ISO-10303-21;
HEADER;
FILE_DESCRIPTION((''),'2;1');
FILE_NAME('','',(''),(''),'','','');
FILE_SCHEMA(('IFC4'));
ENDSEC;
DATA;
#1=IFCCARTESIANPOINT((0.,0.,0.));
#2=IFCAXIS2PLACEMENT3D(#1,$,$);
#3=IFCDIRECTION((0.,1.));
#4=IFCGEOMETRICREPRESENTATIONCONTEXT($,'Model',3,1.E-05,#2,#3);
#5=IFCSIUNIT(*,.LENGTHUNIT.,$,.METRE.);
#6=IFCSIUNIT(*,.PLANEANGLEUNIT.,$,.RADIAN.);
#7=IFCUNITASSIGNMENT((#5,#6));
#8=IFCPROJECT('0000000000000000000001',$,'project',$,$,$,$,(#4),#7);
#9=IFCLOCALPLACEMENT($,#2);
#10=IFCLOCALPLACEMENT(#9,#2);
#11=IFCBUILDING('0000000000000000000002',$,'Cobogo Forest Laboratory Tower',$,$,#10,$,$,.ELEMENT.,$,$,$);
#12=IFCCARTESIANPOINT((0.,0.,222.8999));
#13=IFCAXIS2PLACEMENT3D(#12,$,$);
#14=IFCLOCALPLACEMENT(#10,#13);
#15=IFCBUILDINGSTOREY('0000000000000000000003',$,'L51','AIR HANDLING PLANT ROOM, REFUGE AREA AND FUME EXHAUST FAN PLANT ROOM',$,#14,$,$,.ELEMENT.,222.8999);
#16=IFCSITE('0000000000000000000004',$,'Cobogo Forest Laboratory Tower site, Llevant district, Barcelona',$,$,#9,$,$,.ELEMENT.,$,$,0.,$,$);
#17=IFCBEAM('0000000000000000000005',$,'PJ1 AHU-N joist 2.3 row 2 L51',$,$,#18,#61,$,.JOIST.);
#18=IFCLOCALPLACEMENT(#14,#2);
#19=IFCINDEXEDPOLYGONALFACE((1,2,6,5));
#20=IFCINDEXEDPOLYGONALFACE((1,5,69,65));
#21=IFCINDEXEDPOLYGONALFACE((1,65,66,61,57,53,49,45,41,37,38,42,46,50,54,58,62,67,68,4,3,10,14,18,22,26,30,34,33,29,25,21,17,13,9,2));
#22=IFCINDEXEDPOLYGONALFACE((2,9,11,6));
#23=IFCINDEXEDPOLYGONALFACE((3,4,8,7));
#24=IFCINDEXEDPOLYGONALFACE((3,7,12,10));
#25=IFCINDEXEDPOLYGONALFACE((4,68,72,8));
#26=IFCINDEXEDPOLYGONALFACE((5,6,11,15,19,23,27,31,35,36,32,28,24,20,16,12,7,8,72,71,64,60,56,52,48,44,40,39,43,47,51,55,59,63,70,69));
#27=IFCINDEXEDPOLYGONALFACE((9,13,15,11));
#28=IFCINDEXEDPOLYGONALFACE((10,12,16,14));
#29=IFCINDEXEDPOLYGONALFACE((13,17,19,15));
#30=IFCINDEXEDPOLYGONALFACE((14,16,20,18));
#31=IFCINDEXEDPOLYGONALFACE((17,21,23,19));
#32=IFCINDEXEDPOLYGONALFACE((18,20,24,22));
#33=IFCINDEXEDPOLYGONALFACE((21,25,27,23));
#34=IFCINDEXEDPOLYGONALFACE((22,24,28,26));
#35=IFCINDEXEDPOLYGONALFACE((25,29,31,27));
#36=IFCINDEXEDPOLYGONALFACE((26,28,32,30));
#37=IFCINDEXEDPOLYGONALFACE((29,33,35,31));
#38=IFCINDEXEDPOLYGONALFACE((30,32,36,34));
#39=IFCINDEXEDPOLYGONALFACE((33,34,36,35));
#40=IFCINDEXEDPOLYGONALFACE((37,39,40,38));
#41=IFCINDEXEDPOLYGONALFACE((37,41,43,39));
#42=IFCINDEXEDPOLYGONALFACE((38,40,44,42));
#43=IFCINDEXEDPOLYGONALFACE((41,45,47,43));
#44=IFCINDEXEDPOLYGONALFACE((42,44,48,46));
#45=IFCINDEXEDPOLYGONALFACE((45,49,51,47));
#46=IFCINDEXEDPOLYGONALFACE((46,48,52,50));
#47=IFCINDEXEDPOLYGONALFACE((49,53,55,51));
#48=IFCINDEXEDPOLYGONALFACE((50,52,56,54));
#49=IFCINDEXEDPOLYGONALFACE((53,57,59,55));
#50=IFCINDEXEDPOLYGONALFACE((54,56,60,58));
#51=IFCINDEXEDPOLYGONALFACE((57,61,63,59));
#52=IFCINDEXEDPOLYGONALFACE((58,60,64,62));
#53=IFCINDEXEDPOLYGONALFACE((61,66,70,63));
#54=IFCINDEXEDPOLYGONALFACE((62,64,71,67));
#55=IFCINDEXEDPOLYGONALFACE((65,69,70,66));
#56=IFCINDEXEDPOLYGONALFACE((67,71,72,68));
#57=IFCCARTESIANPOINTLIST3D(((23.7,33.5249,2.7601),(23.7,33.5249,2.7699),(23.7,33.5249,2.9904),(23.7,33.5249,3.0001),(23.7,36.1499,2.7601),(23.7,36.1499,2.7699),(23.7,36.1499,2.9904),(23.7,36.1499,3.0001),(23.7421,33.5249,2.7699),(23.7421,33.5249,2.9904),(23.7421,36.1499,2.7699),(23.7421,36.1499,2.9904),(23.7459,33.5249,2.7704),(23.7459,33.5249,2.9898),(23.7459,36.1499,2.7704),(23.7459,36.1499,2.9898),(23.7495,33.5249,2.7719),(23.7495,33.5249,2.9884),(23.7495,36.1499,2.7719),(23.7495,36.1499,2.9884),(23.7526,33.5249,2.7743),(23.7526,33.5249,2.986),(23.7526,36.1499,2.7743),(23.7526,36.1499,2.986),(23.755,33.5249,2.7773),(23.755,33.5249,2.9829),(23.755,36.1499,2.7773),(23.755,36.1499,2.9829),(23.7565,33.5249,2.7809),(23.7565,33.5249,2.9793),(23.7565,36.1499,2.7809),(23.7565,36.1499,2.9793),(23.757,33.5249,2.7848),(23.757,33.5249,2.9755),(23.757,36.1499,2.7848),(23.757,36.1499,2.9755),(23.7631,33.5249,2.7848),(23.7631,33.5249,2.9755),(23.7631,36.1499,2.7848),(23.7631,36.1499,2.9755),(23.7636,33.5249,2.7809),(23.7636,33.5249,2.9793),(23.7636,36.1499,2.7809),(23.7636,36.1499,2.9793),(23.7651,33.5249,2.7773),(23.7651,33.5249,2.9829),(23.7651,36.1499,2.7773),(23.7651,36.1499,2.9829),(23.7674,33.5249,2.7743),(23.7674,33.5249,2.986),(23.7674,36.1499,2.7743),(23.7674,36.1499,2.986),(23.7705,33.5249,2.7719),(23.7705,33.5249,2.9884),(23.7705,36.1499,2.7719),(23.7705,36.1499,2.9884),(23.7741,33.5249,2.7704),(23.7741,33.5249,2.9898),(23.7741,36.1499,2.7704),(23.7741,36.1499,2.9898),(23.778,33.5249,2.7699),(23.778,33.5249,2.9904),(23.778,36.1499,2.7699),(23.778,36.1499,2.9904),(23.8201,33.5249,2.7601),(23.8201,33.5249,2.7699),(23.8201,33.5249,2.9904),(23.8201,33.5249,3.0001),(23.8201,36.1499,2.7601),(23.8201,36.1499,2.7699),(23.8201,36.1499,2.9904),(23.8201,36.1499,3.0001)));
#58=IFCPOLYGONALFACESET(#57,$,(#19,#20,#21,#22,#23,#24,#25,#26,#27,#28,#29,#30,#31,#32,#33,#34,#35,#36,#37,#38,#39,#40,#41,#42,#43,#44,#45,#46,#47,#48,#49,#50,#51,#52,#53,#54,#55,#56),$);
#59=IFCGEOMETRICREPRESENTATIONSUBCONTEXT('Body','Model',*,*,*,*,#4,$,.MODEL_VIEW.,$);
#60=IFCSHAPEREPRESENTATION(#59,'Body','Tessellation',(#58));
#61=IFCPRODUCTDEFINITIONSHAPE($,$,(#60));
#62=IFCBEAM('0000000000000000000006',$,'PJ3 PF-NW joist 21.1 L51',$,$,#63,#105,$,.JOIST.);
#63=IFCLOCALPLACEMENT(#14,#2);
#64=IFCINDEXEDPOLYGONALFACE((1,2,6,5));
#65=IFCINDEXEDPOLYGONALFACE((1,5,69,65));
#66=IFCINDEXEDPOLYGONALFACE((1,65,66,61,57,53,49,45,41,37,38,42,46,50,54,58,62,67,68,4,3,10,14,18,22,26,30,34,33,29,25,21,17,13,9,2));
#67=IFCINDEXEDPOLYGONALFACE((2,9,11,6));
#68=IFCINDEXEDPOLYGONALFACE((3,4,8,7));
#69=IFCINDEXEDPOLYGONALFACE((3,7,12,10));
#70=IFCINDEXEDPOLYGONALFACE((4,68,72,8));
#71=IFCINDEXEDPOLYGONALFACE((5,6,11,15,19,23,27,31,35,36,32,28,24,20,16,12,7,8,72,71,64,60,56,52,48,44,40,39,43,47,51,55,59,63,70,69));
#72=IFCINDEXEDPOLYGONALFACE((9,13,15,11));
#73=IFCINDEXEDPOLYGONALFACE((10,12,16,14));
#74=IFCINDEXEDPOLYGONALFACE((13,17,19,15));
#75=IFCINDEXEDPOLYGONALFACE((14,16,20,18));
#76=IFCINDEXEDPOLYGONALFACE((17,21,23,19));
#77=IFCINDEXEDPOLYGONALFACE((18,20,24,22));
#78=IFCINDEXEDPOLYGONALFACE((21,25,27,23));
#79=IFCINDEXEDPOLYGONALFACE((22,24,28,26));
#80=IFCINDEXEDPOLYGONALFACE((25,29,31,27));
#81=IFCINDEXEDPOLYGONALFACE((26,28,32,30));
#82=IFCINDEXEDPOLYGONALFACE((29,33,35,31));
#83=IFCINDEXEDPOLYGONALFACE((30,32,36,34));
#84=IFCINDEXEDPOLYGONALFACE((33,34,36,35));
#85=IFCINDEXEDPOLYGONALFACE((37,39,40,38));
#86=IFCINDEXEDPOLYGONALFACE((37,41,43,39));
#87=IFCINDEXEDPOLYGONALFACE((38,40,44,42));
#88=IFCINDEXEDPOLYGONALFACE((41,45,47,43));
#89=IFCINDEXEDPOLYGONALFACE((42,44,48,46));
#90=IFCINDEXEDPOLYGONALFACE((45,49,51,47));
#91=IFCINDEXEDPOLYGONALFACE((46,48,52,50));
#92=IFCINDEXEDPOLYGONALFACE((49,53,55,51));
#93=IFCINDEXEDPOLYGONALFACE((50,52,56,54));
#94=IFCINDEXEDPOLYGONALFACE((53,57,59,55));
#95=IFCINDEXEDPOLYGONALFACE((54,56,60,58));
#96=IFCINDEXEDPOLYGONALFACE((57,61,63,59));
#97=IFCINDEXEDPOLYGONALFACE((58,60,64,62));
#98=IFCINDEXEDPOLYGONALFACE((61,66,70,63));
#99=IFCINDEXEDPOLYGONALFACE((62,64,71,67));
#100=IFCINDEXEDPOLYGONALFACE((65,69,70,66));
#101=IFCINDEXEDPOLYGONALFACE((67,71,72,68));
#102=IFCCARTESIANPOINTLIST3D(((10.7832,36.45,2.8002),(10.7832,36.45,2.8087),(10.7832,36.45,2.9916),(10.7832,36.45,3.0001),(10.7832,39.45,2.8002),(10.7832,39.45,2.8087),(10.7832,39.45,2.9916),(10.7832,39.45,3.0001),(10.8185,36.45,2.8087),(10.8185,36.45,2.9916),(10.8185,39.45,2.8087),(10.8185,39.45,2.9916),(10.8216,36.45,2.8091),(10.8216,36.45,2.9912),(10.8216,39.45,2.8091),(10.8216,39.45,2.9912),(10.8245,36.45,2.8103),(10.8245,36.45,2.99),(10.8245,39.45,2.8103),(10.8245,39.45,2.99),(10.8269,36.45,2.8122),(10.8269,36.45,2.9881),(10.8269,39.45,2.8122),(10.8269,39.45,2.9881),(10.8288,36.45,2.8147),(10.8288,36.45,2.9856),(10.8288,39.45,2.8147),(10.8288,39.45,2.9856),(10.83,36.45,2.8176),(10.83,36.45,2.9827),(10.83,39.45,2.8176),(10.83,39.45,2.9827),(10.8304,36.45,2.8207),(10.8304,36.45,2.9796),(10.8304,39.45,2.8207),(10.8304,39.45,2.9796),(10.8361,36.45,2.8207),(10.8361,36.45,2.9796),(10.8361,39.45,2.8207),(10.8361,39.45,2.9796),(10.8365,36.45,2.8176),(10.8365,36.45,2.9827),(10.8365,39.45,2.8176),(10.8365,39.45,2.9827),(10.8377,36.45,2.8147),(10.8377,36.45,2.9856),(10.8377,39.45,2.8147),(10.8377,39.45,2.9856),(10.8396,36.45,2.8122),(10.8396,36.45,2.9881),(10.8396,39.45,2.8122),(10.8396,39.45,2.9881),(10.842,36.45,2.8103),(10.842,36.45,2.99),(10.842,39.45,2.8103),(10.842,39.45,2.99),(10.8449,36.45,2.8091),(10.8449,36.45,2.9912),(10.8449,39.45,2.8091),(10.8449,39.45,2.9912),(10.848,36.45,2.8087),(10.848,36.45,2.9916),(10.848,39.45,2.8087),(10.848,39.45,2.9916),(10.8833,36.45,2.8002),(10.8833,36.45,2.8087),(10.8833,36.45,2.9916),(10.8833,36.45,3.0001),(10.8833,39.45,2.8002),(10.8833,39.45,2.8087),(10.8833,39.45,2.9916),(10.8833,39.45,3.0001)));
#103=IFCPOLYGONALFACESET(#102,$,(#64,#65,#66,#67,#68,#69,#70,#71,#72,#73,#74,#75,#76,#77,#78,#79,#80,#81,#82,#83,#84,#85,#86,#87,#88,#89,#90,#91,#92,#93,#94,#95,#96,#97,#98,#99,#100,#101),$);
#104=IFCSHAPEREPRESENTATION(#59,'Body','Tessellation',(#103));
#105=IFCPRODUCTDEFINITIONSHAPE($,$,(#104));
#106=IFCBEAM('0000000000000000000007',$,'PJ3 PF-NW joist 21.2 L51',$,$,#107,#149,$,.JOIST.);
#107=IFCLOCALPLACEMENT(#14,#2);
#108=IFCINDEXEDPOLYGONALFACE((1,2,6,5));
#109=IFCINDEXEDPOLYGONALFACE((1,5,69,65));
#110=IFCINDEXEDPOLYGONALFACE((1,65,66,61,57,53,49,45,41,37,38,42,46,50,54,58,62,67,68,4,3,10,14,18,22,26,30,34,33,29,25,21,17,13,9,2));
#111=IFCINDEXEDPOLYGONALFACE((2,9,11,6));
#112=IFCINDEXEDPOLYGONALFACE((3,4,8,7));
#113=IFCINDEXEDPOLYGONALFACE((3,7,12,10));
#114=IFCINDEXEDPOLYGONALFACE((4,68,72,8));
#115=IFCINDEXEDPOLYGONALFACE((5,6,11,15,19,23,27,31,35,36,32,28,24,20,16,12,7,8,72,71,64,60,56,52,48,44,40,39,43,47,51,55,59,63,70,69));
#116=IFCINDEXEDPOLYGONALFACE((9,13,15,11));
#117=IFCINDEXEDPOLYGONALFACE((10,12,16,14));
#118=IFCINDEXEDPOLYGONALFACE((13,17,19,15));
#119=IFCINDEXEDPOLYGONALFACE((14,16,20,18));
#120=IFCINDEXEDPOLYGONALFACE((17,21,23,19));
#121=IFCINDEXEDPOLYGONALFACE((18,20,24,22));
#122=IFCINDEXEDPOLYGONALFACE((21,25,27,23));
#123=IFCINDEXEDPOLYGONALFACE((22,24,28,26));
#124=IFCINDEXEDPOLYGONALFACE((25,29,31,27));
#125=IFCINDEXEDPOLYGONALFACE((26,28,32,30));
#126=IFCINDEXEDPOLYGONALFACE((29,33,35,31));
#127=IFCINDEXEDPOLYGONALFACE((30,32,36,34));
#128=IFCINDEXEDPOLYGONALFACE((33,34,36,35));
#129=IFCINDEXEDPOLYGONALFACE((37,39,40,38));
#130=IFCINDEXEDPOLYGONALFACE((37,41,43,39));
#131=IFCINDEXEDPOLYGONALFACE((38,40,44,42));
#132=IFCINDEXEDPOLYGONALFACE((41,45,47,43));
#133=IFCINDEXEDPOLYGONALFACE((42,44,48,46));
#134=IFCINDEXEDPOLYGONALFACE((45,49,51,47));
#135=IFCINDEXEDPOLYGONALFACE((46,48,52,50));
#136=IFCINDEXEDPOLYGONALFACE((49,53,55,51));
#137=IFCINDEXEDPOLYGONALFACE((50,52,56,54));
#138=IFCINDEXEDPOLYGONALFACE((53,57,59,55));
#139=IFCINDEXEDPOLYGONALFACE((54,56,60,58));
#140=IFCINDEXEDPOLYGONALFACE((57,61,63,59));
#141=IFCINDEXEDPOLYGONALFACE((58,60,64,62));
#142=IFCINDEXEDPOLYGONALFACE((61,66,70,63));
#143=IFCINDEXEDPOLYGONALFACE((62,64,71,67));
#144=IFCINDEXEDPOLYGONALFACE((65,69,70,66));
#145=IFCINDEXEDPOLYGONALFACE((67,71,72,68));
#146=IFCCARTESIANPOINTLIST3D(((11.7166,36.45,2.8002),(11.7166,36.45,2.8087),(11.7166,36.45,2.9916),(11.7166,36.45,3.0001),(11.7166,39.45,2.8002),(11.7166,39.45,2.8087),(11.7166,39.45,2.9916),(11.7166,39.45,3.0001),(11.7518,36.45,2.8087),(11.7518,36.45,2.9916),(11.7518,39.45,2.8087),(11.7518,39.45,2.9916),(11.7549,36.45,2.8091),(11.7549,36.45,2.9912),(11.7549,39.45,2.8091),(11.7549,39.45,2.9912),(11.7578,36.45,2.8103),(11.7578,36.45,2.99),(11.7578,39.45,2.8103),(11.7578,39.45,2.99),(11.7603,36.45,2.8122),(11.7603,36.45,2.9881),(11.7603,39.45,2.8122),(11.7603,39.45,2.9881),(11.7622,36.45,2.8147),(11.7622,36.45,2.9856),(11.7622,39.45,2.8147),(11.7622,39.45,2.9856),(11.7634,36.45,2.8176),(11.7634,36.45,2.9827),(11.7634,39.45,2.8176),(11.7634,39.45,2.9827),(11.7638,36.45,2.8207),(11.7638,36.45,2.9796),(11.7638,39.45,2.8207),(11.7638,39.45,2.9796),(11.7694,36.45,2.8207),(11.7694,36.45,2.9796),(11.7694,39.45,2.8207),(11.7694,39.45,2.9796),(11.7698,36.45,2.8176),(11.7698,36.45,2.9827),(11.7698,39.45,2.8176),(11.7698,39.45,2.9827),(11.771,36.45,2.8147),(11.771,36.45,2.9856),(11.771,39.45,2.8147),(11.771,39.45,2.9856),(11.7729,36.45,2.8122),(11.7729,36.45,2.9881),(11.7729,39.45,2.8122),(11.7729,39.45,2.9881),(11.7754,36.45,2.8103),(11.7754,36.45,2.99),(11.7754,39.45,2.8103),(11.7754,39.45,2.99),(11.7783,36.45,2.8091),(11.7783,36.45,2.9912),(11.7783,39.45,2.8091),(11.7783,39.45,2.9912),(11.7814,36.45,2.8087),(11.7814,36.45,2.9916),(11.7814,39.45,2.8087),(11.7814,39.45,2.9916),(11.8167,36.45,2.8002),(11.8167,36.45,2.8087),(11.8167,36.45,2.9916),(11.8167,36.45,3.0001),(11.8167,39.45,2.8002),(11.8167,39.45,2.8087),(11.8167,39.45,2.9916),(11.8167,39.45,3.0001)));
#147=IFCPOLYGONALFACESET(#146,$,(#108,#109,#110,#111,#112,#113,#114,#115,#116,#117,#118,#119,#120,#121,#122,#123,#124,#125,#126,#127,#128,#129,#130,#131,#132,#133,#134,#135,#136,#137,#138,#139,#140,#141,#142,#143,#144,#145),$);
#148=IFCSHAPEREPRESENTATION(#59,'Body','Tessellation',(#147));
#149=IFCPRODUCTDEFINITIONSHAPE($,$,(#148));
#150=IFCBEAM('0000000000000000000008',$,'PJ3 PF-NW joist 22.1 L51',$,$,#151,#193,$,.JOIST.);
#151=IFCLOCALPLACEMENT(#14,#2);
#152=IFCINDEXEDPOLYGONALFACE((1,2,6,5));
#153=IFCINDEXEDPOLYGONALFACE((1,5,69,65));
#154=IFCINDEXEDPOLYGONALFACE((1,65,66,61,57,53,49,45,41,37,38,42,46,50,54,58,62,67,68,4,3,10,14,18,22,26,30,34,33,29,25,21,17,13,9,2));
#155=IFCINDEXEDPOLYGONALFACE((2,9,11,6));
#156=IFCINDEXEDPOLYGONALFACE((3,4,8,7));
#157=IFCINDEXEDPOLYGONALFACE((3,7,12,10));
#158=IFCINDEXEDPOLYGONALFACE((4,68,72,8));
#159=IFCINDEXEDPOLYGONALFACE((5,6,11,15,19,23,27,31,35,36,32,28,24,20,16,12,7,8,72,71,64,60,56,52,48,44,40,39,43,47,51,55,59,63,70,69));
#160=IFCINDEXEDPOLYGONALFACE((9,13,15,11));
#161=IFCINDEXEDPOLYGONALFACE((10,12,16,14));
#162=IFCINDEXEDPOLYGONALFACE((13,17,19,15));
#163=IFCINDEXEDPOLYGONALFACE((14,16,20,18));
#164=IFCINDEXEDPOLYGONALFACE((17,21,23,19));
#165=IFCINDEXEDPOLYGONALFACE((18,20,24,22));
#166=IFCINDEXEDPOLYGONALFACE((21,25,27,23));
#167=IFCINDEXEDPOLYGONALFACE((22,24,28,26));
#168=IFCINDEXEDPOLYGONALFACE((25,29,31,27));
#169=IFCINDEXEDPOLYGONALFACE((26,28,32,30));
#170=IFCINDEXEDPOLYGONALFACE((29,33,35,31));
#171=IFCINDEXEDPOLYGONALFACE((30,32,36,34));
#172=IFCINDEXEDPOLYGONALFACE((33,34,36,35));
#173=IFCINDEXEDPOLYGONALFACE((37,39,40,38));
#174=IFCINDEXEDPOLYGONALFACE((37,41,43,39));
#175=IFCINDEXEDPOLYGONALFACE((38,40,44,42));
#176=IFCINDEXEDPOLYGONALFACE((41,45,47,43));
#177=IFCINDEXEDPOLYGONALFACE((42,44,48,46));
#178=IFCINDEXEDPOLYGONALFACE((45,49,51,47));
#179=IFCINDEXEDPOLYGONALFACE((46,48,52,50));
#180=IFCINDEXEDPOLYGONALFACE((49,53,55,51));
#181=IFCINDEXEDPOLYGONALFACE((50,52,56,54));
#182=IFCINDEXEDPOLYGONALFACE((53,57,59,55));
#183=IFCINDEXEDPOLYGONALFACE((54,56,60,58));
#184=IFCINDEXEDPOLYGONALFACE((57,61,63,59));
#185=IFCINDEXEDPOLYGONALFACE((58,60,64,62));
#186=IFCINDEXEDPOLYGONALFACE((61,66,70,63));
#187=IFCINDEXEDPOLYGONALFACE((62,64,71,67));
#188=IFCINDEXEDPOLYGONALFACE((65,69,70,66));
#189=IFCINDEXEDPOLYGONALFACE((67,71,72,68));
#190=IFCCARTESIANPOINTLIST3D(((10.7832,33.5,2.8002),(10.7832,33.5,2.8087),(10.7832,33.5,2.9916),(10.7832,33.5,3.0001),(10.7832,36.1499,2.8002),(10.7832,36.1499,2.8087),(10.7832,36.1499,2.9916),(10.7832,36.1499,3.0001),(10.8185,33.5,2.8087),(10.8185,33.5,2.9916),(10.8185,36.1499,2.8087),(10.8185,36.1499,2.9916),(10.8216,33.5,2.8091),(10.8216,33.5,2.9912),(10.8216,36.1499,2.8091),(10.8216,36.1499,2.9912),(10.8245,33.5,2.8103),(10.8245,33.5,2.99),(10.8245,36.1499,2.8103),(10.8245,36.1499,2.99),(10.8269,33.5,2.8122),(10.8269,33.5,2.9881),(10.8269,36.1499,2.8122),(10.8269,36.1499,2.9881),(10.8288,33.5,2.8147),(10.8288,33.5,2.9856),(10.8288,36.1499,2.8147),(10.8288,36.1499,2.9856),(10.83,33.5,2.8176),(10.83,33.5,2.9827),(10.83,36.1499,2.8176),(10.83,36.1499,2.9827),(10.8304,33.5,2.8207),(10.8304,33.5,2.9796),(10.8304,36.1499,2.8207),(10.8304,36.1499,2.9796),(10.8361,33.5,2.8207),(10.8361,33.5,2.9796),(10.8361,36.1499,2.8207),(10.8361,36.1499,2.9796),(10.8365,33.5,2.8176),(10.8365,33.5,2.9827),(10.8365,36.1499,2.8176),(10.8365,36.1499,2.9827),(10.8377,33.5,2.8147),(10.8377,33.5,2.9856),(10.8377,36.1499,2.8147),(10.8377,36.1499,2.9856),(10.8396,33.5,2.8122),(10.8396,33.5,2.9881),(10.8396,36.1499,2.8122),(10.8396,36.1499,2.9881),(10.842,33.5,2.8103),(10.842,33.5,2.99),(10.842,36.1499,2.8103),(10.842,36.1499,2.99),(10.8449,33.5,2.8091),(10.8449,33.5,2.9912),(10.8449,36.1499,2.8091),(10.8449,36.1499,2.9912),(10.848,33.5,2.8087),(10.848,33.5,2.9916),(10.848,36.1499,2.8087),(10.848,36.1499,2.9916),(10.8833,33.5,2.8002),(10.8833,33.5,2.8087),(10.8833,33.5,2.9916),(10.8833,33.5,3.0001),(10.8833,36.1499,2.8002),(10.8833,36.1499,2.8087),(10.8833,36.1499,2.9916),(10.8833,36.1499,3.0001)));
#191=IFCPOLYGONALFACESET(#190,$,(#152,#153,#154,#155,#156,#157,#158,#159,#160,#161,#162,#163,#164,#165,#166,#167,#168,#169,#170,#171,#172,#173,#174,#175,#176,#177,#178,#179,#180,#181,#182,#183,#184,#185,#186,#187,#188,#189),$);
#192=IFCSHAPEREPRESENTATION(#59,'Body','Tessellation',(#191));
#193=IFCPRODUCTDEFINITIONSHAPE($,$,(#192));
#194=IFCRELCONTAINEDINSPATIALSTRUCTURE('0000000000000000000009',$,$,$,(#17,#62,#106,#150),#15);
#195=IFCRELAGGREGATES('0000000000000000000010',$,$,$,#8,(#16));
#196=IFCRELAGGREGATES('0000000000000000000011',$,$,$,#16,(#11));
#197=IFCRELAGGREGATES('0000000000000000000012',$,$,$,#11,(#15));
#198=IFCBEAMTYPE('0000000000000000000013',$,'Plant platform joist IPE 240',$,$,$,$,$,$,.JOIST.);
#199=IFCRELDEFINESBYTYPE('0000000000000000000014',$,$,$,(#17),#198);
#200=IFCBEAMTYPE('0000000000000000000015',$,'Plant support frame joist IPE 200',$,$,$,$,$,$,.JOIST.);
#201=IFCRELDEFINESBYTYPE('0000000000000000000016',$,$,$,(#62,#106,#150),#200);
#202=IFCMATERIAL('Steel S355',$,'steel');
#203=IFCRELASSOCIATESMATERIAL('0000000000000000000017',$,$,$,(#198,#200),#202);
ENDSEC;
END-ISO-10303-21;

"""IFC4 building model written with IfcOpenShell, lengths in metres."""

from ifc_helpers import new_model, si_unit, direction, frame, origin, origin_2d, place, context, subcontext, project, spatial, i_section, extrude, material, material_profile, profile_set, type_object, element, save


model = new_model("IFC4")

# Units and contexts
model_context = context("Model", 3, precision=1e-05, world=origin(), true_north=direction((0.0, 1.0)))
body_context = subcontext(model_context, "Body", "Model", "MODEL_VIEW")
ifc_project = project(units=[si_unit("LENGTHUNIT", "METRE"), si_unit("PLANEANGLEUNIT", "RADIAN")], contexts=[model_context])

# Site, building, storey
site_placement = place(None, origin())
site = spatial("IfcSite", under=ifc_project, at=site_placement, Name="Cobogo Forest Laboratory Tower site, Llevant district, Barcelona", CompositionType="ELEMENT", RefElevation=0.0)
building_placement = place(site_placement, origin())
building = spatial("IfcBuilding", under=site, at=building_placement, Name="Cobogo Forest Laboratory Tower", CompositionType="ELEMENT")
storey_placement = place(building_placement, frame((0.0, 0.0, 222.8999)))
storey = spatial("IfcBuildingStorey", under=building, at=storey_placement, Name="L51", Description="AIR HANDLING PLANT ROOM, REFUGE AREA AND FUME EXHAUST FAN PLANT ROOM", CompositionType="ELEMENT", Elevation=222.8999)

# Beams
ifc_material_1 = material(Name="Steel S355", Category="steel")
ifc_material_profile_1 = material_profile(ifc_material_1, i_section(OverallWidth=0.1201, OverallDepth=0.24, WebThickness=0.0061, FlangeThickness=0.0098, FilletRadius=0.0149, at=origin_2d()), Name="IPE 240")
ifc_profile_set_1 = profile_set([ifc_material_profile_1], Name="Steel S355")
beam_type_1 = type_object("IfcBeamType", Name="Plant platform joist IPE 240", PredefinedType="JOIST", material=ifc_profile_set_1)
for number, where, z_axis, x_axis, name in (
    (1, (23.76, 36.1499, 2.8801), (0.0, -1.0, 0.0), (1.0, 0.0, 0.0), "PJ1 AHU-N joist 2.3 row 2 L51"),
):
    element("IfcBeam", number, at=place(storey_placement, frame(where, z_axis=z_axis, x_axis=x_axis)), inside=storey, type_object=beam_type_1, Name=name, PredefinedType="JOIST", context=body_context, shape_type="SweptSolid", body=[
        extrude(i_section(OverallWidth=0.1201, OverallDepth=0.24, WebThickness=0.0061, FlangeThickness=0.0098, FilletRadius=0.0149, at=origin_2d()), origin(), (0.0, 0.0, 1.0), 2.625),
    ])
ifc_material_profile_2 = material_profile(ifc_material_1, i_section(OverallWidth=0.1001, OverallDepth=0.2, WebThickness=0.0056, FlangeThickness=0.0085, FilletRadius=0.012, at=origin_2d()), Name="IPE 200")
ifc_profile_set_2 = profile_set([ifc_material_profile_2], Name="Steel S355")
beam_type_2 = type_object("IfcBeamType", Name="Plant support frame joist IPE 200", PredefinedType="JOIST", material=ifc_profile_set_2)
for number, where, z_axis, x_axis, name in (
    (2, (10.8333, 39.45, 2.9001), (0.0, -1.0, 0.0), (1.0, 0.0, 0.0), "PJ3 PF-NW joist 21.1 L51"),
    (3, (11.7666, 39.45, 2.9001), (0.0, -1.0, 0.0), (1.0, 0.0, 0.0), "PJ3 PF-NW joist 21.2 L51"),
):
    element("IfcBeam", number, at=place(storey_placement, frame(where, z_axis=z_axis, x_axis=x_axis)), inside=storey, type_object=beam_type_2, Name=name, PredefinedType="JOIST", context=body_context, shape_type="SweptSolid", body=[
        extrude(i_section(OverallWidth=0.1001, OverallDepth=0.2, WebThickness=0.0056, FlangeThickness=0.0085, FilletRadius=0.012, at=origin_2d()), origin(), (0.0, 0.0, 1.0), 3.0),
    ])
for number, where, z_axis, x_axis, name in (
    (4, (10.8333, 36.1499, 2.9001), (0.0, -1.0, 0.0), (1.0, 0.0, 0.0), "PJ3 PF-NW joist 22.1 L51"),
):
    element("IfcBeam", number, at=place(storey_placement, frame(where, z_axis=z_axis, x_axis=x_axis)), inside=storey, type_object=beam_type_2, Name=name, PredefinedType="JOIST", context=body_context, shape_type="SweptSolid", body=[
        extrude(i_section(OverallWidth=0.1001, OverallDepth=0.2, WebThickness=0.0056, FlangeThickness=0.0085, FilletRadius=0.012, at=origin_2d()), origin(), (0.0, 0.0, 1.0), 2.6499),
    ])

save(model, "model.ifc")
